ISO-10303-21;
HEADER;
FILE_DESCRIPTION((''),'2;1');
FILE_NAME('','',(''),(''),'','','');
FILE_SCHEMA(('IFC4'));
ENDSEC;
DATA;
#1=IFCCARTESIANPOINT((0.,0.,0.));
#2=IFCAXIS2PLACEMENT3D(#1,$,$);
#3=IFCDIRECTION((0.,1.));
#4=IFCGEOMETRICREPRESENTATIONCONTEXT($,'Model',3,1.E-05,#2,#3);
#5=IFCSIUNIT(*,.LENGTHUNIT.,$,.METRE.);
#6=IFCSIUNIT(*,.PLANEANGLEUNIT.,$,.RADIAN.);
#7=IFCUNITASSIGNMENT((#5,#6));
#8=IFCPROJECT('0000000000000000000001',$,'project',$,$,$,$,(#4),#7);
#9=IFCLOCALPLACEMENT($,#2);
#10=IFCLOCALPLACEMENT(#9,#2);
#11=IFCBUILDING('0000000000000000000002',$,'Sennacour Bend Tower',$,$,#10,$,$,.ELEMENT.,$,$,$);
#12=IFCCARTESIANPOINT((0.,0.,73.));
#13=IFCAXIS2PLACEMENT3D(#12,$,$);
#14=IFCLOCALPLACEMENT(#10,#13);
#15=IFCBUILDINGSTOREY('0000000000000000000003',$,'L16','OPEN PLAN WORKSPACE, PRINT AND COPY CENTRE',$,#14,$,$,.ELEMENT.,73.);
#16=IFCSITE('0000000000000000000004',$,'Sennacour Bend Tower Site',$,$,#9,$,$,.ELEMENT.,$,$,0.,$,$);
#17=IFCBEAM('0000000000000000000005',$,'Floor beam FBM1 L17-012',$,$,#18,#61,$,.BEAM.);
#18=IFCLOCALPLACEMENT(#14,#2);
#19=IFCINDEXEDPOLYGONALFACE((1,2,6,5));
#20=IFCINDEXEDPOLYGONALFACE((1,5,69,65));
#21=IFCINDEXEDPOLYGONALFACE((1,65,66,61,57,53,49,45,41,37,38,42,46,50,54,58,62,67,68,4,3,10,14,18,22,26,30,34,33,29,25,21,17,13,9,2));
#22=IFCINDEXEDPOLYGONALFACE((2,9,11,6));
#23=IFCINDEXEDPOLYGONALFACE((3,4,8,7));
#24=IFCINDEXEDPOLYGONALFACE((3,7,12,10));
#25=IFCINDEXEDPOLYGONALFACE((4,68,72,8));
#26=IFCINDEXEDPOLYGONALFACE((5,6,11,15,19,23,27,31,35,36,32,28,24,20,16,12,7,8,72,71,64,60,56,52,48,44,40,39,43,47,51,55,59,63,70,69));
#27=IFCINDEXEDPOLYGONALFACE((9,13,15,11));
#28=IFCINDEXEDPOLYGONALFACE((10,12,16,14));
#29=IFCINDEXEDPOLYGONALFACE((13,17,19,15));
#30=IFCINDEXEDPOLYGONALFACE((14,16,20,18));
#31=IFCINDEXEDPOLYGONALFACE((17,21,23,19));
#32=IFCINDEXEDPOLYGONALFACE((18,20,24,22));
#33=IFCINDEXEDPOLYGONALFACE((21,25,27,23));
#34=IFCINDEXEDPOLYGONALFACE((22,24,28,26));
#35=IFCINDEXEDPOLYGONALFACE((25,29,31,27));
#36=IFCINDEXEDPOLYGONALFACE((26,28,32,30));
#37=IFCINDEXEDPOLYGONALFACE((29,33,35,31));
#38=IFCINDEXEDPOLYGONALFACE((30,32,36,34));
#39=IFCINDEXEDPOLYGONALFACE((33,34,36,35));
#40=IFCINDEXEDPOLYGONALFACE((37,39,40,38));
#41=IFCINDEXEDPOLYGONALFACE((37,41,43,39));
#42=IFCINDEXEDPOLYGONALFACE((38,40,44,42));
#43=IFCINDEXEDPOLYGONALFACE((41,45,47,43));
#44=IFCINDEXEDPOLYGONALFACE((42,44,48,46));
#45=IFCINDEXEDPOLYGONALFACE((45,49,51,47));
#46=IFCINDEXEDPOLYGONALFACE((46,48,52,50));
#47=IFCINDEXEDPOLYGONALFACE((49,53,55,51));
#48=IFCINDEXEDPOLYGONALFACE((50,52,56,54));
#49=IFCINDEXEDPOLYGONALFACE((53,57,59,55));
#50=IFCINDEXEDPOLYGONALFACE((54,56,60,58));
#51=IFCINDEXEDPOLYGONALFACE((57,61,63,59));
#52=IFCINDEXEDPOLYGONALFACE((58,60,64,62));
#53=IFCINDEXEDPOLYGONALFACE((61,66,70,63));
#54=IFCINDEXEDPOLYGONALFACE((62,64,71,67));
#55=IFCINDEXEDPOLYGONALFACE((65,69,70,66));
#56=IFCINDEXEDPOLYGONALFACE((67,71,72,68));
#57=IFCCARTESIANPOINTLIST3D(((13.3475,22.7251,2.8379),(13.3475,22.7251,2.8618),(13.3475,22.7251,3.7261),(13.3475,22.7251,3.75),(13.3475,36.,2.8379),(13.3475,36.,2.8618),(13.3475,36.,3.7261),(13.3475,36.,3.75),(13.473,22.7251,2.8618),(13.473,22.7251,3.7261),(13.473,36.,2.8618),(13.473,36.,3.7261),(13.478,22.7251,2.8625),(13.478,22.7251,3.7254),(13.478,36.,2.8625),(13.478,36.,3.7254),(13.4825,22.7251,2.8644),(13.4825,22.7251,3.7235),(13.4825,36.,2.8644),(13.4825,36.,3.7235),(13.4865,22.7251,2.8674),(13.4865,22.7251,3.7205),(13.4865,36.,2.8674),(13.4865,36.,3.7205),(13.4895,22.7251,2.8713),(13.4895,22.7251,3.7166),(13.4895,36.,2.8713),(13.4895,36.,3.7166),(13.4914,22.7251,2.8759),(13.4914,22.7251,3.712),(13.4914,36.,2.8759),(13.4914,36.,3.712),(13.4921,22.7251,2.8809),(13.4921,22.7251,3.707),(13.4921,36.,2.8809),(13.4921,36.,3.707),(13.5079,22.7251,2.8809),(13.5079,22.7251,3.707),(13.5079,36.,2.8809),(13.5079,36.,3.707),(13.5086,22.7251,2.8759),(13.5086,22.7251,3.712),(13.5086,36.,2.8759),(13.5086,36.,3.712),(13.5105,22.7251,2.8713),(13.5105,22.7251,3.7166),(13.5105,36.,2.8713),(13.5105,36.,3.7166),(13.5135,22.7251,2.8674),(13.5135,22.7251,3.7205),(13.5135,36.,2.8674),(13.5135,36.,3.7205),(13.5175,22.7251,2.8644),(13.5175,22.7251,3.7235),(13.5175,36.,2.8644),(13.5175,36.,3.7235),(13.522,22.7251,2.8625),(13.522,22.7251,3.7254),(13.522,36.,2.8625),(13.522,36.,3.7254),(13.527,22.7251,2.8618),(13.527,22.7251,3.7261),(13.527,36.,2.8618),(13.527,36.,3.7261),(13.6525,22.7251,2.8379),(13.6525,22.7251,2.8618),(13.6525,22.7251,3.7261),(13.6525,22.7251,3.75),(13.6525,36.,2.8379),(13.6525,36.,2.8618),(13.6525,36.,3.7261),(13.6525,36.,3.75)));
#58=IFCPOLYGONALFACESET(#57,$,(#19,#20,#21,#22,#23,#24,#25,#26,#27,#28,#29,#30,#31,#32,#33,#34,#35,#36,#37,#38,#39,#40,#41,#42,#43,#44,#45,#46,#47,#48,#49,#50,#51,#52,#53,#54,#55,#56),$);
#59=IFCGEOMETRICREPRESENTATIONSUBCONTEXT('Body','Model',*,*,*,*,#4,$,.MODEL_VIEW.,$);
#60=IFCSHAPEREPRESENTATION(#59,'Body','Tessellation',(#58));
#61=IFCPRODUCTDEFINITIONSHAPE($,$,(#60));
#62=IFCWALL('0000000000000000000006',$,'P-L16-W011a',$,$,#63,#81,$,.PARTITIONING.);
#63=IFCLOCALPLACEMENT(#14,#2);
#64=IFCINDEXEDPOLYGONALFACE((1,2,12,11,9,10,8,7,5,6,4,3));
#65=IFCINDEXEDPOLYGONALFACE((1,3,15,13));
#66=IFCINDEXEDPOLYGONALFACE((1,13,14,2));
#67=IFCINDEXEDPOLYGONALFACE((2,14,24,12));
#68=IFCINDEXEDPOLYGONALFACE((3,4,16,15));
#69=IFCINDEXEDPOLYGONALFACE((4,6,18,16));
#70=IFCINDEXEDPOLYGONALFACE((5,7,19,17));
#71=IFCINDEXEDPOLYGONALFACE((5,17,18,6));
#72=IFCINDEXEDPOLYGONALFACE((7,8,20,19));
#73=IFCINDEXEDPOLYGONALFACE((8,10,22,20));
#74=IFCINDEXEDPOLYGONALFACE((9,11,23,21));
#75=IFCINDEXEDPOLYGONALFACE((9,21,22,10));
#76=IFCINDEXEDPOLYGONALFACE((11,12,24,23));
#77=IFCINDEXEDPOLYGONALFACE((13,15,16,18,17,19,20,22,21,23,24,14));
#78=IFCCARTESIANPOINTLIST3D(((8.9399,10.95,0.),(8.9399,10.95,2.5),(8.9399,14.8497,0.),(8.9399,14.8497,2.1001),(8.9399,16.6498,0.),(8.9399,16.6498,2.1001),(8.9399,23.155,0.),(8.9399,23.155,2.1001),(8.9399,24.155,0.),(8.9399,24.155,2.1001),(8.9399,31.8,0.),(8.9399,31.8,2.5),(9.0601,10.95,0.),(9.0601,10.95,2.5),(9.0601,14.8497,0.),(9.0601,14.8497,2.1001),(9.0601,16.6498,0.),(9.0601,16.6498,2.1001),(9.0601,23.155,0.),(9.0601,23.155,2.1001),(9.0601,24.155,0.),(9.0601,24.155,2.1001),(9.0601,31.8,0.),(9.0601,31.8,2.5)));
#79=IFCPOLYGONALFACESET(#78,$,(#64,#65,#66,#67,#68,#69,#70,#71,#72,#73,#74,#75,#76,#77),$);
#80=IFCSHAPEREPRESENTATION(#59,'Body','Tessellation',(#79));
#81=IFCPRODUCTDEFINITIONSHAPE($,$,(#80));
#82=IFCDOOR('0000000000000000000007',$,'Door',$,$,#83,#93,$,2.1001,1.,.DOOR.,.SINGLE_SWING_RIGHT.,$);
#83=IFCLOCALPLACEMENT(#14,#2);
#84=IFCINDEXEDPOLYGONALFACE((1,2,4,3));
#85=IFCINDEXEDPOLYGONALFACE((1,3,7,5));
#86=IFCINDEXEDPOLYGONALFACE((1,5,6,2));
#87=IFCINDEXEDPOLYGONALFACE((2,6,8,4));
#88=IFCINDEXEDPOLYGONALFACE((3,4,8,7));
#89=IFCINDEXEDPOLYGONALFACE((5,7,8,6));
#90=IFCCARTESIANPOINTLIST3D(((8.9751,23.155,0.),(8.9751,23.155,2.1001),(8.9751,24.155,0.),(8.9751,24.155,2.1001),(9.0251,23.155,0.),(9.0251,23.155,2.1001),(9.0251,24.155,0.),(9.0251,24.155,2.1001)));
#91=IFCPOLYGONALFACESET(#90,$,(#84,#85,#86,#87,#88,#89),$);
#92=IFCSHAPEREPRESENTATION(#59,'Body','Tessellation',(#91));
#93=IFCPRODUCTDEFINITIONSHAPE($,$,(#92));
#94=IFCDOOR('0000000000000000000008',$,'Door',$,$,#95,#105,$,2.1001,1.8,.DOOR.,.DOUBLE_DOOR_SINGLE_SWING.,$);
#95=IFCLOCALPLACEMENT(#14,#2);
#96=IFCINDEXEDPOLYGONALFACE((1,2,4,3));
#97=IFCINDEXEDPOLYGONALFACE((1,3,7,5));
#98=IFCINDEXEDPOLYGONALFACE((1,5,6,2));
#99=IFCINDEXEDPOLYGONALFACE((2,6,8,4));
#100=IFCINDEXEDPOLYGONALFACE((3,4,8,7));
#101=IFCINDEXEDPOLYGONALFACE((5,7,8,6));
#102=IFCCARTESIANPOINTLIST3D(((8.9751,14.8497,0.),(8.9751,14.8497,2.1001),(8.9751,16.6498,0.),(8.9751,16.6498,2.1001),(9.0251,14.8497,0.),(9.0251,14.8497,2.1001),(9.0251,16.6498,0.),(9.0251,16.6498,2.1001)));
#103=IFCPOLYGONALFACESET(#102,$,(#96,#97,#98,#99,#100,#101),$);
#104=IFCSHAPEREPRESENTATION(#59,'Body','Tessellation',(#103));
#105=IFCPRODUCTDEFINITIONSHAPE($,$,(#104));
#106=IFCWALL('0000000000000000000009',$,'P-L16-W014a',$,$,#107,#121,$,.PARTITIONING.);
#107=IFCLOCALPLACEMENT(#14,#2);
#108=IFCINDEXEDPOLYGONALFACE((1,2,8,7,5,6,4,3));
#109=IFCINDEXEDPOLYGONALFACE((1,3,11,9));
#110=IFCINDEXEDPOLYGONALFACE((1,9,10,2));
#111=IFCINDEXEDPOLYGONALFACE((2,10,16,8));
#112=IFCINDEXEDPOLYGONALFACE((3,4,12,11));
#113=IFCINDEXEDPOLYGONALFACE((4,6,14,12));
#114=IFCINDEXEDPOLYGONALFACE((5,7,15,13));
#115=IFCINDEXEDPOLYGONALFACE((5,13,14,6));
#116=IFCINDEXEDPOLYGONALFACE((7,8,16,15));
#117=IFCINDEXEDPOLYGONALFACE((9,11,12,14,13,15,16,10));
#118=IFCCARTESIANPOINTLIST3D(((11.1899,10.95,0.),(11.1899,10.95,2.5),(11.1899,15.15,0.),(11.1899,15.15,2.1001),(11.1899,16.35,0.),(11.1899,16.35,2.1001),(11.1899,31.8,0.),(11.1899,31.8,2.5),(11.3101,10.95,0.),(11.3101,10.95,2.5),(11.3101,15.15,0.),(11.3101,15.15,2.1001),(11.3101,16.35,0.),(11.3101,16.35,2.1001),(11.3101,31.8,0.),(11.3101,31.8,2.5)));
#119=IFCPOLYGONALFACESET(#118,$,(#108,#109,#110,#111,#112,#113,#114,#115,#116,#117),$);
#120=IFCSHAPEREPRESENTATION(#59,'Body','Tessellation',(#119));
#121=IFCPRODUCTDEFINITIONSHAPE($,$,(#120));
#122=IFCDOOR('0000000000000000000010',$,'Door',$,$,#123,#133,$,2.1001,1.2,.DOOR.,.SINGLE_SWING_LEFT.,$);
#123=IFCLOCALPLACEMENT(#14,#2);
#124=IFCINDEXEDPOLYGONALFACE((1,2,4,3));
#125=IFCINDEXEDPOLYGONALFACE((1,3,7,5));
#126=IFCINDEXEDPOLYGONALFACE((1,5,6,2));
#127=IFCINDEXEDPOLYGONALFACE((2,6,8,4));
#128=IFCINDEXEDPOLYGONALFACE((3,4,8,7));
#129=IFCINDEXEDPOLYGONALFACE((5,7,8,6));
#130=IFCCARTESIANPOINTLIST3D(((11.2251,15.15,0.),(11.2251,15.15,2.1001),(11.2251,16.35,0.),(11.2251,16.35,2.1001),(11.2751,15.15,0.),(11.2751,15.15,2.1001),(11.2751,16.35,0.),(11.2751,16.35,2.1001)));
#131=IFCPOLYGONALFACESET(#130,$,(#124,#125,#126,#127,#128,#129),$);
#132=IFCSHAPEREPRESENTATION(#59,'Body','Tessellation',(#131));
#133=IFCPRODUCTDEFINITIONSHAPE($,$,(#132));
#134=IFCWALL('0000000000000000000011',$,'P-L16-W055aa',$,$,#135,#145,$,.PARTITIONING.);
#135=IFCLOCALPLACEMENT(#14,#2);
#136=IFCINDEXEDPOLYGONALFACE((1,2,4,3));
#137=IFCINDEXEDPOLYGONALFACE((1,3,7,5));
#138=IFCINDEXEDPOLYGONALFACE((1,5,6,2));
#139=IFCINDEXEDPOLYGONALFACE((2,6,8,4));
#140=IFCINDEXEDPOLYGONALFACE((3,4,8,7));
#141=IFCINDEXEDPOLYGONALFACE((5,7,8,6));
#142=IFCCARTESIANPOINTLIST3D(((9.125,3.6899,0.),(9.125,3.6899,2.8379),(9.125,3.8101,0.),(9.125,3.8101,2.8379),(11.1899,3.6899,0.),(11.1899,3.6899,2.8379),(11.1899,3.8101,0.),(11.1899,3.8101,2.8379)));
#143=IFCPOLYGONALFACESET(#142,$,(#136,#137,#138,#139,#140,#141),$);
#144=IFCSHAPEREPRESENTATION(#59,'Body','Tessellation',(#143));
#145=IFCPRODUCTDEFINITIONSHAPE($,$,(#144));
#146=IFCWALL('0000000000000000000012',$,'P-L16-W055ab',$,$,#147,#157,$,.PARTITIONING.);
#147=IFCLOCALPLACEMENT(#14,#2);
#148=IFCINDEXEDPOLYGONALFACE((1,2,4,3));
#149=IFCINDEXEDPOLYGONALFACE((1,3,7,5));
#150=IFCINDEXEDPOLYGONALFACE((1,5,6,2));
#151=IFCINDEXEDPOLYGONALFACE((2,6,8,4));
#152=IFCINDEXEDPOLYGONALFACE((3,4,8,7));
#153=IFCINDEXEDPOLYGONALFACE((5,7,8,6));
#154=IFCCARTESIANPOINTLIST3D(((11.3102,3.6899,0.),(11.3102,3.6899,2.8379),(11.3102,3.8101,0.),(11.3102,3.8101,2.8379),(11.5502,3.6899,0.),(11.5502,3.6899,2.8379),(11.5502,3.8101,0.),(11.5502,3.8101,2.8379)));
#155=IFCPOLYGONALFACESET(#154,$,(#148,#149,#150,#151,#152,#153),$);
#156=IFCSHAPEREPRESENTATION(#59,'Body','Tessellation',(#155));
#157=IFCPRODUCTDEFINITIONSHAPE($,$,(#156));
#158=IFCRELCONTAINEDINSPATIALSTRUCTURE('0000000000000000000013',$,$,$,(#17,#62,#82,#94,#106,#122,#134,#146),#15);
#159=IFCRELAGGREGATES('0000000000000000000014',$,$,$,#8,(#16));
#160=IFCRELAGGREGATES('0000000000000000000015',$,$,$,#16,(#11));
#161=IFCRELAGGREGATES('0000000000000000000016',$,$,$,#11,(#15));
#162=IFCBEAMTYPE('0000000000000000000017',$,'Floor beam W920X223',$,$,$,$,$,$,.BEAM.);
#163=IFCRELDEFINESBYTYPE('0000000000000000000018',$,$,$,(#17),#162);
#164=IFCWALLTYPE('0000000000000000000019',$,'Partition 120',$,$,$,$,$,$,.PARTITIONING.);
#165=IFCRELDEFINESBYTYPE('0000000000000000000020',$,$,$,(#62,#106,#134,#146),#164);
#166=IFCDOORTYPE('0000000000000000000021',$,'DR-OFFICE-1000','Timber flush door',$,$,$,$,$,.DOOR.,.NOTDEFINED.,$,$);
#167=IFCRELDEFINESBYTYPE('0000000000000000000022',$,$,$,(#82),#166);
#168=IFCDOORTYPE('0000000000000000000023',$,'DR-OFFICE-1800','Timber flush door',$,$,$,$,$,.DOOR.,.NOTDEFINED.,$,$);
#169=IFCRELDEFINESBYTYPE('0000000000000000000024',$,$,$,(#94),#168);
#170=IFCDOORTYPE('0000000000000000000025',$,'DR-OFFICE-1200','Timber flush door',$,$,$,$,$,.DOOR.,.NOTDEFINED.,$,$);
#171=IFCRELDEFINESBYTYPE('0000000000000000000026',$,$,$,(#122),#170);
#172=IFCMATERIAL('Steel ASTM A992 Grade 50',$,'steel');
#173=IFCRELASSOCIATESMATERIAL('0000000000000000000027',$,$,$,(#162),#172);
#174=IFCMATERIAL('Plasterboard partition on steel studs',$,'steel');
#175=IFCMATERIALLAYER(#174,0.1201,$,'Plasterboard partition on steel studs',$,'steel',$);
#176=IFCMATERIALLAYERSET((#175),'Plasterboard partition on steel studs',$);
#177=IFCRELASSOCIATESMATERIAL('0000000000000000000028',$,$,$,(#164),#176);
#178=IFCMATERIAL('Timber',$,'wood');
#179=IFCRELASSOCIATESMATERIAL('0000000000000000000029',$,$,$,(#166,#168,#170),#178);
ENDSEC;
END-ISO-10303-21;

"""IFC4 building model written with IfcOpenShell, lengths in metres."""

from ifc_helpers import new_model, si_unit, direction, frame, frame_2d, origin, origin_2d, place, context, subcontext, project, spatial, rectangle, i_section, extrude, material, layer, layer_set, material_profile, profile_set, type_object, element, fill, save


model = new_model("IFC4")

# Units and contexts
model_context = context("Model", 3, precision=1e-05, world=origin(), true_north=direction((0.0, 1.0)))
body_context = subcontext(model_context, "Body", "Model", "MODEL_VIEW")
ifc_project = project(units=[si_unit("LENGTHUNIT", "METRE"), si_unit("PLANEANGLEUNIT", "RADIAN")], contexts=[model_context])

# Site, building, storey
site_placement = place(None, origin())
site = spatial("IfcSite", under=ifc_project, at=site_placement, Name="Sennacour Bend Tower Site", CompositionType="ELEMENT", RefElevation=0.0)
building_placement = place(site_placement, origin())
building = spatial("IfcBuilding", under=site, at=building_placement, Name="Sennacour Bend Tower", CompositionType="ELEMENT")
storey_placement = place(building_placement, frame((0.0, 0.0, 73.0)))
storey = spatial("IfcBuildingStorey", under=building, at=storey_placement, Name="L16", Description="OPEN PLAN WORKSPACE, PRINT AND COPY CENTRE", CompositionType="ELEMENT", Elevation=73.0)

# Beam
ifc_material_1 = material(Name="Steel ASTM A992 Grade 50", Category="steel")
ifc_material_profile = material_profile(ifc_material_1, i_section(OverallWidth=0.3049, OverallDepth=0.9121, WebThickness=0.0159, FlangeThickness=0.0239, FilletRadius=0.019, at=origin_2d()), Name="Steel ASTM A992 Grade 50", Category="steel")
ifc_profile_set = profile_set([ifc_material_profile], Name="Steel ASTM A992 Grade 50")
beam_type = type_object("IfcBeamType", Name="Floor beam W920X223", PredefinedType="BEAM", material=ifc_profile_set)
for number, where, z_axis, x_axis, name in (
    (1, (13.5, 22.7251, 3.2939), (0.0, 1.0, 0.0), (-1.0, 0.0, 0.0), "Floor beam FBM1 L17-012"),
):
    element("IfcBeam", number, at=place(storey_placement, frame(where, z_axis=z_axis, x_axis=x_axis)), inside=storey, type_object=beam_type, Name=name, PredefinedType="BEAM", context=body_context, shape_type="SweptSolid", body=[
        extrude(i_section(OverallWidth=0.3049, OverallDepth=0.9121, WebThickness=0.0159, FlangeThickness=0.0239, FilletRadius=0.019, at=origin_2d()), origin(), (0.0, 0.0, 1.0), 13.2749),
    ])

# Wall, openings, doors
ifc_material_2 = material(Name="Plasterboard partition on steel studs", Category="steel")
ifc_layer_1 = layer(ifc_material_2, 0.1201, Name="Plasterboard partition on steel studs", Category="steel")
ifc_layer_set_1 = layer_set([ifc_layer_1], Name="Plasterboard partition on steel studs")
wall_type_1 = type_object("IfcWallType", Name="Partition 120", PredefinedType="PARTITIONING", material=ifc_layer_set_1)
wall_1_placement = place(storey_placement, frame((9.0, 10.95, 0.0), z_axis=(0.0, 0.0, 1.0), x_axis=(0.0, 1.0, 0.0)))
wall_1 = element("IfcWall", 2, at=wall_1_placement, inside=storey, type_object=wall_type_1, Name="P-L16-W011a", PredefinedType="PARTITIONING", context=body_context, shape_type="SweptSolid", body=[
    extrude(rectangle(XDim=20.8501, YDim=0.1201, at=frame_2d((10.425, 0.0))), origin(), (0.0, 0.0, 1.0), 2.5),
])
opening_1_placement = place(wall_1_placement, frame((3.8999, 0.0, 0.0)))
opening_1 = element("IfcOpeningElement", 3, at=opening_1_placement, cuts=wall_1, PredefinedType="OPENING", context=body_context, shape_type="SweptSolid", body=[
    extrude(rectangle(XDim=1.8, YDim=2.1001, at=frame_2d((0.8999, 1.05))), frame((0.0, 0.0701, 0.0), z_axis=(0.0, -1.0, 0.0), x_axis=(1.0, 0.0, 0.0)), (0.0, 0.0, 1.0), 0.1401),
])
opening_2_placement = place(wall_1_placement, frame((12.2051, 0.0, 0.0)))
opening_2 = element("IfcOpeningElement", 4, at=opening_2_placement, cuts=wall_1, PredefinedType="OPENING", context=body_context, shape_type="SweptSolid", body=[
    extrude(rectangle(XDim=1.0, YDim=2.1001, at=frame_2d((0.5, 1.05))), frame((0.0, 0.0701, 0.0), z_axis=(0.0, -1.0, 0.0), x_axis=(1.0, 0.0, 0.0)), (0.0, 0.0, 1.0), 0.1401),
])
ifc_material_3 = material(Name="Timber", Category="wood")
door_type_1 = type_object("IfcDoorType", Name="DR-OFFICE-1000", Description="Timber flush door", OperationType="NOTDEFINED", PredefinedType="DOOR", material=ifc_material_3)
door_1_placement = place(opening_2_placement, origin())
door_1 = element("IfcDoor", 5, at=door_1_placement, inside=storey, type_object=door_type_1, Name="Door", OperationType="SINGLE_SWING_RIGHT", OverallHeight=2.1001, OverallWidth=1.0, PredefinedType="DOOR", context=body_context, shape_type="SweptSolid", body=[
    extrude(rectangle(XDim=1.0, YDim=2.1001, at=frame_2d((0.5, 1.05))), frame((0.0, 0.0249, 0.0), z_axis=(0.0, -1.0, 0.0), x_axis=(1.0, 0.0, 0.0)), (0.0, 0.0, 1.0), 0.05),
])
fill(opening_2, door_1)
door_type_2 = type_object("IfcDoorType", Name="DR-OFFICE-1800", Description="Timber flush door", OperationType="NOTDEFINED", PredefinedType="DOOR", material=ifc_material_3)
door_2_placement = place(opening_1_placement, origin())
door_2 = element("IfcDoor", 6, at=door_2_placement, inside=storey, type_object=door_type_2, Name="Door", OperationType="DOUBLE_DOOR_SINGLE_SWING", OverallHeight=2.1001, OverallWidth=1.8, PredefinedType="DOOR", context=body_context, shape_type="SweptSolid", body=[
    extrude(rectangle(XDim=1.8, YDim=2.1001, at=frame_2d((0.8999, 1.05))), frame((0.0, 0.0249, 0.0), z_axis=(0.0, -1.0, 0.0), x_axis=(1.0, 0.0, 0.0)), (0.0, 0.0, 1.0), 0.05),
])
fill(opening_1, door_2)

# Wall, opening, door
wall_2_placement = place(storey_placement, frame((11.25, 10.95, 0.0), z_axis=(0.0, 0.0, 1.0), x_axis=(0.0, 1.0, 0.0)))
wall_2 = element("IfcWall", 7, at=wall_2_placement, inside=storey, type_object=wall_type_1, Name="P-L16-W014a", PredefinedType="PARTITIONING", context=body_context, shape_type="SweptSolid", body=[
    extrude(rectangle(XDim=20.8501, YDim=0.1201, at=frame_2d((10.425, 0.0))), origin(), (0.0, 0.0, 1.0), 2.5),
])
opening_3_placement = place(wall_2_placement, frame((4.2, 0.0, 0.0)))
opening_3 = element("IfcOpeningElement", 8, at=opening_3_placement, cuts=wall_2, PredefinedType="OPENING", context=body_context, shape_type="SweptSolid", body=[
    extrude(rectangle(XDim=1.2, YDim=2.1001, at=frame_2d((0.6001, 1.05))), frame((0.0, 0.0701, 0.0), z_axis=(0.0, -1.0, 0.0), x_axis=(1.0, 0.0, 0.0)), (0.0, 0.0, 1.0), 0.1401),
])
door_type_3 = type_object("IfcDoorType", Name="DR-OFFICE-1200", Description="Timber flush door", OperationType="NOTDEFINED", PredefinedType="DOOR", material=ifc_material_3)
door_3_placement = place(opening_3_placement, origin())
door_3 = element("IfcDoor", 9, at=door_3_placement, inside=storey, type_object=door_type_3, Name="Door", OperationType="SINGLE_SWING_LEFT", OverallHeight=2.1001, OverallWidth=1.2, PredefinedType="DOOR", context=body_context, shape_type="SweptSolid", body=[
    extrude(rectangle(XDim=1.2, YDim=2.1001, at=frame_2d((0.6001, 1.05))), frame((0.0, 0.0249, 0.0), z_axis=(0.0, -1.0, 0.0), x_axis=(1.0, 0.0, 0.0)), (0.0, 0.0, 1.0), 0.05),
])
fill(opening_3, door_3)

# Walls
wall_3_placement = place(storey_placement, frame((9.125, 3.75, 0.0), z_axis=(0.0, 0.0, 1.0), x_axis=(1.0, 0.0, 0.0)))
element("IfcWall", 10, at=wall_3_placement, inside=storey, type_object=wall_type_1, Name="P-L16-W055aa", PredefinedType="PARTITIONING", context=body_context, shape_type="SweptSolid", body=[
    extrude(rectangle(XDim=2.0649, YDim=0.1201, at=frame_2d((1.0325, 0.0))), origin(), (0.0, 0.0, 1.0), 2.8379),
])
wall_4_placement = place(storey_placement, frame((11.3101, 3.75, 0.0), z_axis=(0.0, 0.0, 1.0), x_axis=(1.0, 0.0, 0.0)))
element("IfcWall", 11, at=wall_4_placement, inside=storey, type_object=wall_type_1, Name="P-L16-W055ab", PredefinedType="PARTITIONING", context=body_context, shape_type="SweptSolid", body=[
    extrude(rectangle(XDim=0.24, YDim=0.1201, at=frame_2d((0.1201, 0.0))), origin(), (0.0, 0.0, 1.0), 2.8379),
])

save(model, "model.ifc")
